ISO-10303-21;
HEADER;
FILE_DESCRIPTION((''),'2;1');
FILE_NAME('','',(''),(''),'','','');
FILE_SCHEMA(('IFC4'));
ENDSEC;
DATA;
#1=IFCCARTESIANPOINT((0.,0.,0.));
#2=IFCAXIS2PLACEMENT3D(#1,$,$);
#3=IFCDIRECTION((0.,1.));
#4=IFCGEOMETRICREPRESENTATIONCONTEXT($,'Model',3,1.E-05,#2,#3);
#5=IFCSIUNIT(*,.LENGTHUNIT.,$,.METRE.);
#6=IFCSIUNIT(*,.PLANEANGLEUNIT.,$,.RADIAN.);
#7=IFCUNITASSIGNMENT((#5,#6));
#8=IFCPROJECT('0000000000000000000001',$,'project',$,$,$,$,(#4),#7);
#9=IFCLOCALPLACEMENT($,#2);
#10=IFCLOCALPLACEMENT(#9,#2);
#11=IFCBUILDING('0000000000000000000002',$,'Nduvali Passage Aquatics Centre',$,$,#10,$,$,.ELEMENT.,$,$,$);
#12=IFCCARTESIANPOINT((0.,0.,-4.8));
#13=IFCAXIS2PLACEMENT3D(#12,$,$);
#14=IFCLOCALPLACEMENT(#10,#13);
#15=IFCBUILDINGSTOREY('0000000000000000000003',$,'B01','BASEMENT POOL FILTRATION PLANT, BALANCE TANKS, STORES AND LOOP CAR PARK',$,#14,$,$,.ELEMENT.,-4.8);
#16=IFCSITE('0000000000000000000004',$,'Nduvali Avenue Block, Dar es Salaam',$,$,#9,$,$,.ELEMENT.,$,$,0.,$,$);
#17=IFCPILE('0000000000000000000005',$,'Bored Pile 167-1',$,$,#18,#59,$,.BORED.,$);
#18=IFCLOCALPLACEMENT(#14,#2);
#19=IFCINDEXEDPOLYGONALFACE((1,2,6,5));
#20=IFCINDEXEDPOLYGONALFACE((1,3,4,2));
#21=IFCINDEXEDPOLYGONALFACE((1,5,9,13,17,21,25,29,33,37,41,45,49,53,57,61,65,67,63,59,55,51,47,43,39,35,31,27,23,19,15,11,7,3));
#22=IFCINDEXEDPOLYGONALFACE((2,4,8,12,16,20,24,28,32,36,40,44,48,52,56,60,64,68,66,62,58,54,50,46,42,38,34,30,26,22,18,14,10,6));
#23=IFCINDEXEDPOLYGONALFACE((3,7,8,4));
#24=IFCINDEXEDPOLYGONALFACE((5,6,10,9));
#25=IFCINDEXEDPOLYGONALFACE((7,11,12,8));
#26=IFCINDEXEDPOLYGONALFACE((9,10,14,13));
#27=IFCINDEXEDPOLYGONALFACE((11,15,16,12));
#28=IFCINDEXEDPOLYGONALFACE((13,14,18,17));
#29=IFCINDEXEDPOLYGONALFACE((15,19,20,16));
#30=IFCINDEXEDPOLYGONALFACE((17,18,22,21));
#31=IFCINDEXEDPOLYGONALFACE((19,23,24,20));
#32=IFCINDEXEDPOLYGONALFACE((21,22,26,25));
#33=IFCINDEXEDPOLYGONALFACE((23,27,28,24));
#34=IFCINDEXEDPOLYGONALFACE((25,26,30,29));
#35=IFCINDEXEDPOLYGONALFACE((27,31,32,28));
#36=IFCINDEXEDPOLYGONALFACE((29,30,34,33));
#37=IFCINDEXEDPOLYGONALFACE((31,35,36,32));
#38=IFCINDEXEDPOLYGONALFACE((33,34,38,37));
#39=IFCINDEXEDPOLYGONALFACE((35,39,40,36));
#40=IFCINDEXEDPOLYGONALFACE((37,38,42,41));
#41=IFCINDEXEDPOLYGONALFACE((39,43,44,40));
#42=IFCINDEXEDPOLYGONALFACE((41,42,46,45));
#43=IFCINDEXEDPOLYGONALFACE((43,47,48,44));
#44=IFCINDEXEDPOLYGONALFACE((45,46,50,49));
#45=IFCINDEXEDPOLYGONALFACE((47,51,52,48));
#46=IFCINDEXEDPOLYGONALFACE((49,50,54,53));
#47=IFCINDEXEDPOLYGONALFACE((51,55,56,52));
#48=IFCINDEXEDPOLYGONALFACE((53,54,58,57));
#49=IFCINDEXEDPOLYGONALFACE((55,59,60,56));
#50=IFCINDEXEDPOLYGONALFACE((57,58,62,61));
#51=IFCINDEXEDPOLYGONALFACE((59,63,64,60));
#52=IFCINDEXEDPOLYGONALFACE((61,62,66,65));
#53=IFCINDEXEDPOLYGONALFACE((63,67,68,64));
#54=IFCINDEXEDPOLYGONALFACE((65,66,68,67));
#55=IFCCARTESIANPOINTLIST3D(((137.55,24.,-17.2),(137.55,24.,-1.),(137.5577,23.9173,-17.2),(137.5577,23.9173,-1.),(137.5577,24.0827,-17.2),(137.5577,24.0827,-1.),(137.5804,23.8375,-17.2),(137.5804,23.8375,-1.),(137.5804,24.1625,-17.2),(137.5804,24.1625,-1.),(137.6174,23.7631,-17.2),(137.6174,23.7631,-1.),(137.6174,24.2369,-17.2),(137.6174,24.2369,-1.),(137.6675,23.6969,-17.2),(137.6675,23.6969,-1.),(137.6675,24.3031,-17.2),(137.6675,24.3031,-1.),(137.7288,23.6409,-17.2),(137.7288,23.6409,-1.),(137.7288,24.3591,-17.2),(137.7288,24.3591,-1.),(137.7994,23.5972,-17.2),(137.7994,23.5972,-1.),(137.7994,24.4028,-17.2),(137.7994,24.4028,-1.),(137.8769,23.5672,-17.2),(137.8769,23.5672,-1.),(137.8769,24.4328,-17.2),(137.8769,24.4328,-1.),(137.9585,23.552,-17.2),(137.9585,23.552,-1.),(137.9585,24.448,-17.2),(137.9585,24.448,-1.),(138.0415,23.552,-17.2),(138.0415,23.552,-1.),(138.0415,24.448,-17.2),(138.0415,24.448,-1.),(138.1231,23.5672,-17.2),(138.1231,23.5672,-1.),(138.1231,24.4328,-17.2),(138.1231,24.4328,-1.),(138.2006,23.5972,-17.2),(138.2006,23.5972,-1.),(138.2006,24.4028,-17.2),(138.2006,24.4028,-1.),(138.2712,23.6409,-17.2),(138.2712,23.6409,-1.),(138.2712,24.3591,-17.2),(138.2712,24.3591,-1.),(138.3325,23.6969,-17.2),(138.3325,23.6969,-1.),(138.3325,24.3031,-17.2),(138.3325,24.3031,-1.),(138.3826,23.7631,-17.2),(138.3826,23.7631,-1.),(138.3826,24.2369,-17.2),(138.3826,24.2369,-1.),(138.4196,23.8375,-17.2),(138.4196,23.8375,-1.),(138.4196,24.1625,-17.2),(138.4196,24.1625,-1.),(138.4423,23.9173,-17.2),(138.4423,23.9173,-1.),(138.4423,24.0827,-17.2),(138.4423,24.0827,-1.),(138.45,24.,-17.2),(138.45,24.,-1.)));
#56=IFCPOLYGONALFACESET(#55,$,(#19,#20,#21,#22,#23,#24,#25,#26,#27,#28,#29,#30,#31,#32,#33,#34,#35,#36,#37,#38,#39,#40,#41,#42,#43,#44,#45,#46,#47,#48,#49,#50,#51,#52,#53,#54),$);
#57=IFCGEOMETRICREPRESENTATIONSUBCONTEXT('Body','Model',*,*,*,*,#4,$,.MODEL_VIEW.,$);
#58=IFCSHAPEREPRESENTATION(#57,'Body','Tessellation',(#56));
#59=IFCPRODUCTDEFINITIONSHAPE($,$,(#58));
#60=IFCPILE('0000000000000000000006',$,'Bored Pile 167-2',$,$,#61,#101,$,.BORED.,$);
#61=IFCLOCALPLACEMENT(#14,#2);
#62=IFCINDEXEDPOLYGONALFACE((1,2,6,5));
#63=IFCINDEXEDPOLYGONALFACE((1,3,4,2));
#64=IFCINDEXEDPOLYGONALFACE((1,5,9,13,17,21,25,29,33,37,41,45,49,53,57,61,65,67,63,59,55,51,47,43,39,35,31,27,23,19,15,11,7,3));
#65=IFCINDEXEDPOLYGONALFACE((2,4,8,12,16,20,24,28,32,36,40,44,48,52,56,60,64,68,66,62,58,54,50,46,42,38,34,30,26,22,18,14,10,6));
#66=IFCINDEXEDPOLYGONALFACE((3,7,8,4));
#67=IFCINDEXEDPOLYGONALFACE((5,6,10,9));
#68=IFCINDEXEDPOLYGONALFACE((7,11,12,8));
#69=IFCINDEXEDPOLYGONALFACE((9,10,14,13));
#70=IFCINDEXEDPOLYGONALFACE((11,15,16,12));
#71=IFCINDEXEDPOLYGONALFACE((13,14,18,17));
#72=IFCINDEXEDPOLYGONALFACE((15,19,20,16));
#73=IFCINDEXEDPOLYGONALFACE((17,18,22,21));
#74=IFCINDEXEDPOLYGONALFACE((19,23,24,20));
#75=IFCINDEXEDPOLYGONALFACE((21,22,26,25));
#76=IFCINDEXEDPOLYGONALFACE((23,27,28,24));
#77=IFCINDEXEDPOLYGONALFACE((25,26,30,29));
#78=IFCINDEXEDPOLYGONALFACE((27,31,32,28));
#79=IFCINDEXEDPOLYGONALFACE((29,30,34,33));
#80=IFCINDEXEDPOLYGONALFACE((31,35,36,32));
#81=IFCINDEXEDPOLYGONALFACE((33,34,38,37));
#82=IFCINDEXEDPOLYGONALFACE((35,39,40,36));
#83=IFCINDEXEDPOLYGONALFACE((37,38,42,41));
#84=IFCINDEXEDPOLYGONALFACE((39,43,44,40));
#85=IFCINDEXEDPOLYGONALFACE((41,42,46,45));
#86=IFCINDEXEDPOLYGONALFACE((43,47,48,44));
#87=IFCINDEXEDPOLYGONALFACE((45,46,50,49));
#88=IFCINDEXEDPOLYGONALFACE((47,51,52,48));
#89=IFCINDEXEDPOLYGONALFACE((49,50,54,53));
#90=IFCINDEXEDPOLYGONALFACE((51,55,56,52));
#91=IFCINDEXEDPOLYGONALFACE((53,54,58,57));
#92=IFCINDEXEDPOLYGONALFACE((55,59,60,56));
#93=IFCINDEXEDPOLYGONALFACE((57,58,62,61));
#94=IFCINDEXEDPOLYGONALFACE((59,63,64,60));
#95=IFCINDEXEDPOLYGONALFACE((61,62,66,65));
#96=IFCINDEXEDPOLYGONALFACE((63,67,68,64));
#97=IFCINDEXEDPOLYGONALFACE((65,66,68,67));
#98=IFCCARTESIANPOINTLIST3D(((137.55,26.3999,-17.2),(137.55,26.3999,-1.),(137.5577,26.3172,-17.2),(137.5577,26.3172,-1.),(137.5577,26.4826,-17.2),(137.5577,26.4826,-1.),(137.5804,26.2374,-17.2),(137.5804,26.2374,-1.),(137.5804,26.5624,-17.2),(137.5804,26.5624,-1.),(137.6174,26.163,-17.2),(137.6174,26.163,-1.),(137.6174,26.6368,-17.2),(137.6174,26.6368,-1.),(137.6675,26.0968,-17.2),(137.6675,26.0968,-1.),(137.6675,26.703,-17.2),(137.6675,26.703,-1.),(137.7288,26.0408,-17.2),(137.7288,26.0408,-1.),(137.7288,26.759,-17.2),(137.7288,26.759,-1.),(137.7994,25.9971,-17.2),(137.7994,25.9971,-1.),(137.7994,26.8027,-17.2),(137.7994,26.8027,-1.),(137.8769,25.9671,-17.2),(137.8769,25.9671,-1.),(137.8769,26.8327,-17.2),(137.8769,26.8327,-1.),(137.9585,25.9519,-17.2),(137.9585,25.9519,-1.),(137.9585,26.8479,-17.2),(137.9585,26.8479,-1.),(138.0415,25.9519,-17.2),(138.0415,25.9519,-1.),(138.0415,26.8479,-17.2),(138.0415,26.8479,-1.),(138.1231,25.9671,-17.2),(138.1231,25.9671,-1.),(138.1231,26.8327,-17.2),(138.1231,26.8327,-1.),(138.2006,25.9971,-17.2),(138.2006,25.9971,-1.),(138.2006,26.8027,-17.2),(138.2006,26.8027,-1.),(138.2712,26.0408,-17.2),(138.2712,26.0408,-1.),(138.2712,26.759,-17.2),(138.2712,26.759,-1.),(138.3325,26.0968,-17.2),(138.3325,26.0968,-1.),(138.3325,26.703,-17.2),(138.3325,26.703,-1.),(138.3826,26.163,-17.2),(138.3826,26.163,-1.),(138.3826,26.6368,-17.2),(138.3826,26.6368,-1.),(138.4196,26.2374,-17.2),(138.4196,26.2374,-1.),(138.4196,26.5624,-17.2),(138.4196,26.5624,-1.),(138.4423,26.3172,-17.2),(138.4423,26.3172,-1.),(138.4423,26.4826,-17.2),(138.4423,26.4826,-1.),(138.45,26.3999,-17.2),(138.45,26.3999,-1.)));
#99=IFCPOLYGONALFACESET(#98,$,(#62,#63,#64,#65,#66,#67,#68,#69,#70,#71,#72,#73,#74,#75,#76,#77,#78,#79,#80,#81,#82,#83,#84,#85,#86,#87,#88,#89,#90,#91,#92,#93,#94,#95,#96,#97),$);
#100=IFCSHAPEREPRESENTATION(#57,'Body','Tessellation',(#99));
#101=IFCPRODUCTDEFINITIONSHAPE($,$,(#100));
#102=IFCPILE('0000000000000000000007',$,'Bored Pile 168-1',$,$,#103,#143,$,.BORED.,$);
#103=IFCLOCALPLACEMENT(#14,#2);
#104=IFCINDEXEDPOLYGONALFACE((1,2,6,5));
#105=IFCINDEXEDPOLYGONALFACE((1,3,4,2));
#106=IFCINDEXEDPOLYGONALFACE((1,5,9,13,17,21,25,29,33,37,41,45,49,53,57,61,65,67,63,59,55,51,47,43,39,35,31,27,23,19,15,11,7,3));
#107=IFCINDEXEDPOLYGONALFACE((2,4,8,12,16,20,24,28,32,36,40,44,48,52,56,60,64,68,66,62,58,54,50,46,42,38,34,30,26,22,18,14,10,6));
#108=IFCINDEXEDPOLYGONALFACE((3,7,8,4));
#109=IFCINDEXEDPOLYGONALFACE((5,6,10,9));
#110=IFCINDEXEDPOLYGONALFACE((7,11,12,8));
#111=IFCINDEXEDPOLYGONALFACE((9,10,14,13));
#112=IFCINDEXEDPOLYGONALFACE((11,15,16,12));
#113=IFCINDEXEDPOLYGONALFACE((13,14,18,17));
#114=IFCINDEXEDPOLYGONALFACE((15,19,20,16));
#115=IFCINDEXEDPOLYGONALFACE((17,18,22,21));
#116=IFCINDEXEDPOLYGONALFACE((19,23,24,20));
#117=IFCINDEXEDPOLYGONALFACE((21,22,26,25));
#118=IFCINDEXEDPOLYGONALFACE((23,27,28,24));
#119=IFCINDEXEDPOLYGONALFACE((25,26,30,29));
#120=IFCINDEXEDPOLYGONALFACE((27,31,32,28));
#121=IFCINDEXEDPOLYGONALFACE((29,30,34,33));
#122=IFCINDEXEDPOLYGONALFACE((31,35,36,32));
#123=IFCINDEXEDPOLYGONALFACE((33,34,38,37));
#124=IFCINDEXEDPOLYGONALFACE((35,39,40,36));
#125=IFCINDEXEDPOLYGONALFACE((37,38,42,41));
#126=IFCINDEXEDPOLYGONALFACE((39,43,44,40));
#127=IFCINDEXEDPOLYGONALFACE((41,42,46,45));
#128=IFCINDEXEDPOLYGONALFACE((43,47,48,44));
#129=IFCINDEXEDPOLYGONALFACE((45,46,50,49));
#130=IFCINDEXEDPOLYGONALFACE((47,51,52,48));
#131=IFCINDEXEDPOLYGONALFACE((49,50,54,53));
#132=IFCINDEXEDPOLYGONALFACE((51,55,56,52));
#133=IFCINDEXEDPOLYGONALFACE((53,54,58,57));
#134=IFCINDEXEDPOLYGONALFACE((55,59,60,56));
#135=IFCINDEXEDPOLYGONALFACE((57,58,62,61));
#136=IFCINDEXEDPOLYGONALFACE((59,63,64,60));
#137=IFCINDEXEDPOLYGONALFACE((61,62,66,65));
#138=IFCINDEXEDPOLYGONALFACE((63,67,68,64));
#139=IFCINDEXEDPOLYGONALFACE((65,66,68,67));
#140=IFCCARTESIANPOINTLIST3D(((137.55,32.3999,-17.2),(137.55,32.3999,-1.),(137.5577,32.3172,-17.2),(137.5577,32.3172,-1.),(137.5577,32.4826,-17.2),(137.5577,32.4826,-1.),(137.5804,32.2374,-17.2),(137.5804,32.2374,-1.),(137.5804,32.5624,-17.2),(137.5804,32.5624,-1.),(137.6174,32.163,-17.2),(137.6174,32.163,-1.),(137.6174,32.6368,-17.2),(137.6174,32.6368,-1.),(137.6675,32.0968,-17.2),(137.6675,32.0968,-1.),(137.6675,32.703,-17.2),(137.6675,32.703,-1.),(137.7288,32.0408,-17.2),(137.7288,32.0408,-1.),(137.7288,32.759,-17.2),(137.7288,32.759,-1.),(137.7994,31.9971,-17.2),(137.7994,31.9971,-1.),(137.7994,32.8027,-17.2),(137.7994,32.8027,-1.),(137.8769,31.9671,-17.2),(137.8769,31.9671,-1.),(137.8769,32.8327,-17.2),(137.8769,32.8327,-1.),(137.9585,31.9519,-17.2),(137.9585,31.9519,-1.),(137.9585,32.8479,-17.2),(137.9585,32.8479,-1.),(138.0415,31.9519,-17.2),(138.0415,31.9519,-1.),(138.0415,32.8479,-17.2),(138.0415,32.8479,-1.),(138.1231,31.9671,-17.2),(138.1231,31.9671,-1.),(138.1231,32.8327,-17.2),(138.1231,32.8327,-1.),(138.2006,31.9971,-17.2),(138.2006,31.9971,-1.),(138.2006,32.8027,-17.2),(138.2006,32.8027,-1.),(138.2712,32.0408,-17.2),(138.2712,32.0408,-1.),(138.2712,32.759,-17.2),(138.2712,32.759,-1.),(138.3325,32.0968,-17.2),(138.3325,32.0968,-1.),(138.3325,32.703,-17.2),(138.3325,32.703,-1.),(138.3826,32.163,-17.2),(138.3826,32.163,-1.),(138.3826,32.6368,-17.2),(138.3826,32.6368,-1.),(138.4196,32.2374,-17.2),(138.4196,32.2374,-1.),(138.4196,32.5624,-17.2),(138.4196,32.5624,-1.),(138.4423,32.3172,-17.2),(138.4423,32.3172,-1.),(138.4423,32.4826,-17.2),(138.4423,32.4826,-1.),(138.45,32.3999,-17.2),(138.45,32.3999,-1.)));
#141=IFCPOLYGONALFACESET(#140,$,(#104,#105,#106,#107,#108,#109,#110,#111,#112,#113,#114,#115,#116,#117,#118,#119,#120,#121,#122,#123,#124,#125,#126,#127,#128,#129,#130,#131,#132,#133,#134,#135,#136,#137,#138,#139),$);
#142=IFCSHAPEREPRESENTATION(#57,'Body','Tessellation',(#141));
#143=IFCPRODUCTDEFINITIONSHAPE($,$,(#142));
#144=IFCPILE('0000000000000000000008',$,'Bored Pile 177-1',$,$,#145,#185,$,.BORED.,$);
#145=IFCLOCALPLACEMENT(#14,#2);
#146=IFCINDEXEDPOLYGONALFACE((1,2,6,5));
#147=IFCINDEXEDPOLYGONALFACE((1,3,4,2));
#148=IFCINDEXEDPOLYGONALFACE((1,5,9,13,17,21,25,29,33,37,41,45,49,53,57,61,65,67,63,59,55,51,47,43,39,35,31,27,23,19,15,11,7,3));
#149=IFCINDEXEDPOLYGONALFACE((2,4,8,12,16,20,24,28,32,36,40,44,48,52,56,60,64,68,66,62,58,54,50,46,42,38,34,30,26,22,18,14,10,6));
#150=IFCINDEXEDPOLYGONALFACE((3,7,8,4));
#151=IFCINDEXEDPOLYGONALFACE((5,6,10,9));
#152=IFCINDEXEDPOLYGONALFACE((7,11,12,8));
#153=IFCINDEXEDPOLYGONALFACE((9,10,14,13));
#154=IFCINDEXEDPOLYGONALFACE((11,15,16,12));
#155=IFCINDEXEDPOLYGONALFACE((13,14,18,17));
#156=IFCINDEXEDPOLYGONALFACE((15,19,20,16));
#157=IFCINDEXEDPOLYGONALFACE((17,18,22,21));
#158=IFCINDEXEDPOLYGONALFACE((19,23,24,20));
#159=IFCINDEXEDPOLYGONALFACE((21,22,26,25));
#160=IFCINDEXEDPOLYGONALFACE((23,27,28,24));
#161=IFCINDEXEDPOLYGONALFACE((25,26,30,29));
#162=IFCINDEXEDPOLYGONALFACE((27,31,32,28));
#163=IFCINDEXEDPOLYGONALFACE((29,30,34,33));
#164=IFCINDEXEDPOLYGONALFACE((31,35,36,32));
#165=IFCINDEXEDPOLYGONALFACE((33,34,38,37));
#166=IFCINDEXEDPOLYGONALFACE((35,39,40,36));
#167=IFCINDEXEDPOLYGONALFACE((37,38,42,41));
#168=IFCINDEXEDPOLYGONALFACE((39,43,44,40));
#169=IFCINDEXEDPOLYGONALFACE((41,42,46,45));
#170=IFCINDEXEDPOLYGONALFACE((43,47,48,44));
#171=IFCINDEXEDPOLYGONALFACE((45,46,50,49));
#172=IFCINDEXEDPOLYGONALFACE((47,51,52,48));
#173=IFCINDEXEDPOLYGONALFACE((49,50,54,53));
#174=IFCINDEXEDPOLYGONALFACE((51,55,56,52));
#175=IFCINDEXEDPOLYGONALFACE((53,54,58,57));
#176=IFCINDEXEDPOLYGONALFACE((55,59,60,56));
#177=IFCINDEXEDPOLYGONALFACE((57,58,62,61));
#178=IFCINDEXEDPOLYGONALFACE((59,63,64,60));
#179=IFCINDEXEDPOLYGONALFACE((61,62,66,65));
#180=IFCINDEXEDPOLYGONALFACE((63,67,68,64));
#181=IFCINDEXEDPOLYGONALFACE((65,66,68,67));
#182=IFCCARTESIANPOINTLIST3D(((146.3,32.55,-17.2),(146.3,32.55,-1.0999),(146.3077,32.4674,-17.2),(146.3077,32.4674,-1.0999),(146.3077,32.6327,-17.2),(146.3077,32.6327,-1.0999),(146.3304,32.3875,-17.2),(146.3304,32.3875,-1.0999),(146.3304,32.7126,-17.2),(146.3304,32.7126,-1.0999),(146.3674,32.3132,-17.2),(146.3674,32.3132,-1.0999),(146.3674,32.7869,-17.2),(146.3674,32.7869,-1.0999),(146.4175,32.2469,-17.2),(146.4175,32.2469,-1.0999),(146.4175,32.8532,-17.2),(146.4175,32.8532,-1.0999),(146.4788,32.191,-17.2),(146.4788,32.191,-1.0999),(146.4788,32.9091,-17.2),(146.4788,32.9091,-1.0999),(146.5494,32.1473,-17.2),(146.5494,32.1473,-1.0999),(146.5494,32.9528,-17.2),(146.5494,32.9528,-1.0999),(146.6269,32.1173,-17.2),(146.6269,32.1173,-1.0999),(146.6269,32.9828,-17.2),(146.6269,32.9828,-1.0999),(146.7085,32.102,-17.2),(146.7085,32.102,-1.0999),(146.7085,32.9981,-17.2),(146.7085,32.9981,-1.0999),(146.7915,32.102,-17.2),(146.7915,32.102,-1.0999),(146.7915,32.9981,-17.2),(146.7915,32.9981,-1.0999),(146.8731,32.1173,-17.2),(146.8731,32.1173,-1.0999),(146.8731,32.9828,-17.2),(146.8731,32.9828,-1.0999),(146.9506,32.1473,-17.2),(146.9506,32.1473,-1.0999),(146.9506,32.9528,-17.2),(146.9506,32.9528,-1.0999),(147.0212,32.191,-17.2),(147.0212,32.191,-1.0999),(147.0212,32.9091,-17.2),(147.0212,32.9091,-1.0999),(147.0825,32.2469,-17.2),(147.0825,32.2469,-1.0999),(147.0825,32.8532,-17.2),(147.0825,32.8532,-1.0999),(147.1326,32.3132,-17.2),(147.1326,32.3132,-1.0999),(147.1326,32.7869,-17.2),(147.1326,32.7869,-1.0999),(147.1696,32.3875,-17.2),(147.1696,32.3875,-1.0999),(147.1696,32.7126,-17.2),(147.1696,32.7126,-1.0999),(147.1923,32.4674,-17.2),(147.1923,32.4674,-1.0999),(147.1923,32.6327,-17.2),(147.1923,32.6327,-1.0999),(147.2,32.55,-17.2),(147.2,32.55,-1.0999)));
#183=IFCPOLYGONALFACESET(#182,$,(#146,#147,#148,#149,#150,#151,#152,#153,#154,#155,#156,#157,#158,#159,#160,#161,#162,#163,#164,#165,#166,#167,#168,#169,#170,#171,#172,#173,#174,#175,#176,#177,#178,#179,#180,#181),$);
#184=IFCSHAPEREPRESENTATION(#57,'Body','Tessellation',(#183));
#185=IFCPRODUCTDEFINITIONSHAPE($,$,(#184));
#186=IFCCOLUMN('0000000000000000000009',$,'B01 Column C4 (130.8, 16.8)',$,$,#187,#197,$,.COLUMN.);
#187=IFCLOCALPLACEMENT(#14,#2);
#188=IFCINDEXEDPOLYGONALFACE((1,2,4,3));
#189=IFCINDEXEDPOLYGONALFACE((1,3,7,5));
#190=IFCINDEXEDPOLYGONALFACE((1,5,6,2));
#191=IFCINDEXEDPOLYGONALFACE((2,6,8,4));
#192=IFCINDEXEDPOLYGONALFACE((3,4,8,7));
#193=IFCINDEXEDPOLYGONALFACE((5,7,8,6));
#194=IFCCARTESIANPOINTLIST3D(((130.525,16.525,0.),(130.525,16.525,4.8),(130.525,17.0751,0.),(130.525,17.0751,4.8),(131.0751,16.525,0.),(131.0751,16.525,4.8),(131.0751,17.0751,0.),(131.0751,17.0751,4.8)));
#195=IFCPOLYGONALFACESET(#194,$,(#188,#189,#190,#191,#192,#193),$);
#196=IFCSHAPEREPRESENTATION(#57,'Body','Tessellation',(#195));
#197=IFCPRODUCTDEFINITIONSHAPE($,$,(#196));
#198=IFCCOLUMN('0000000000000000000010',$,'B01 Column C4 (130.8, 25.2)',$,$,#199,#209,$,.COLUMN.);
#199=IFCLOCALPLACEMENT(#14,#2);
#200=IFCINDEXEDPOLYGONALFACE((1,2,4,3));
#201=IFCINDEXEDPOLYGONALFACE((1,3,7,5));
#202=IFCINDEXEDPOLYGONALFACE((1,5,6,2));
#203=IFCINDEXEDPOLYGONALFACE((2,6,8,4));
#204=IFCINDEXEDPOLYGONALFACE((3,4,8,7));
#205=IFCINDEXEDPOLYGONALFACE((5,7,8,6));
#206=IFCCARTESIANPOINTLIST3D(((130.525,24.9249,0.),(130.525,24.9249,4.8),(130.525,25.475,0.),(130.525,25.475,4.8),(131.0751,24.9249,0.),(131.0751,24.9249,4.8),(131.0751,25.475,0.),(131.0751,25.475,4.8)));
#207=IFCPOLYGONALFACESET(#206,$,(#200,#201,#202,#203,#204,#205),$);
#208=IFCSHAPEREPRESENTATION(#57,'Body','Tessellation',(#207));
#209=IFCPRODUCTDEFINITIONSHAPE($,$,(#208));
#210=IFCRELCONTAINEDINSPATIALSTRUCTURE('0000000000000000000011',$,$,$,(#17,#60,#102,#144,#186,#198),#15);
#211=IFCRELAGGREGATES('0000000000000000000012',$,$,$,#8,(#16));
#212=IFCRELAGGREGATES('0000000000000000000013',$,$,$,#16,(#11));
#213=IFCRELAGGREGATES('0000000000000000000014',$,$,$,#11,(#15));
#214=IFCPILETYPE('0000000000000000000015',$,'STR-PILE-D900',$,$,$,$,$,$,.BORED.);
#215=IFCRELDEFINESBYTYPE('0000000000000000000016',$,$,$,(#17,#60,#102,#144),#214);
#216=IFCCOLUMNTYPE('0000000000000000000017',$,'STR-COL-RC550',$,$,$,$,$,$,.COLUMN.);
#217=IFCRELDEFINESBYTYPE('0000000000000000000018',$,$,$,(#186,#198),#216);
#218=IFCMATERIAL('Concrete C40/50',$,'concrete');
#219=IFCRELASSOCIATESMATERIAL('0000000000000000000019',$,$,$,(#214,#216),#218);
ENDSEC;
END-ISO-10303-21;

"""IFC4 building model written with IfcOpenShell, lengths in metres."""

from ifc_helpers import new_model, si_unit, direction, frame, origin, origin_2d, place, context, subcontext, project, spatial, rectangle, circle, extrude, material, material_profile, profile_set, type_object, element, save


model = new_model("IFC4")

# Units and contexts
model_context = context("Model", 3, precision=1e-05, world=origin(), true_north=direction((0.0, 1.0)))
body_context = subcontext(model_context, "Body", "Model", "MODEL_VIEW")
ifc_project = project(units=[si_unit("LENGTHUNIT", "METRE"), si_unit("PLANEANGLEUNIT", "RADIAN")], contexts=[model_context])

# Site, building, storey
site_placement = place(None, origin())
site = spatial("IfcSite", under=ifc_project, at=site_placement, Name="Nduvali Avenue Block, Dar es Salaam", CompositionType="ELEMENT", RefElevation=0.0)
building_placement = place(site_placement, origin())
building = spatial("IfcBuilding", under=site, at=building_placement, Name="Nduvali Passage Aquatics Centre", CompositionType="ELEMENT")
storey_placement = place(building_placement, frame((0.0, 0.0, -4.8)))
storey = spatial("IfcBuildingStorey", under=building, at=storey_placement, Name="B01", Description="BASEMENT POOL FILTRATION PLANT, BALANCE TANKS, STORES AND LOOP CAR PARK", CompositionType="ELEMENT", Elevation=-4.8)

# Shared definitions
ifc_material = material(Name="Concrete C40/50", Category="concrete")

# Piles
ifc_material_profile_1 = material_profile(ifc_material, circle(Radius=0.45, at=origin_2d()), Name="PILE D900")
ifc_profile_set_1 = profile_set([ifc_material_profile_1], Name="Concrete C40/50")
pile_type = type_object("IfcPileType", Name="STR-PILE-D900", PredefinedType="BORED", material=ifc_profile_set_1)
for number, where, z_axis, x_axis, name in (
    (1, (138.0, 24.0, -1.0), (0.0, 0.0, -1.0), (1.0, 0.0, 0.0), "Bored Pile 167-1"),
    (2, (138.0, 26.3999, -1.0), (0.0, 0.0, -1.0), (1.0, 0.0, 0.0), "Bored Pile 167-2"),
    (3, (138.0, 32.3999, -1.0), (0.0, 0.0, -1.0), (1.0, 0.0, 0.0), "Bored Pile 168-1"),
):
    element("IfcPile", number, at=place(storey_placement, frame(where, z_axis=z_axis, x_axis=x_axis)), inside=storey, type_object=pile_type, Name=name, PredefinedType="BORED", context=body_context, shape_type="SweptSolid", body=[
        extrude(circle(Radius=0.45, at=origin_2d()), origin(), (0.0, 0.0, 1.0), 16.2),
    ])
pile_placement = place(storey_placement, frame((146.75, 32.55, -1.0999), z_axis=(0.0, 0.0, -1.0), x_axis=(1.0, 0.0, 0.0)))
element("IfcPile", 4, at=pile_placement, inside=storey, type_object=pile_type, Name="Bored Pile 177-1", PredefinedType="BORED", context=body_context, shape_type="SweptSolid", body=[
    extrude(circle(Radius=0.45, at=origin_2d()), origin(), (0.0, 0.0, 1.0), 16.1001),
])

# Columns
ifc_material_profile_2 = material_profile(ifc_material, rectangle(XDim=0.55, YDim=0.55, at=origin_2d()), Name="RC 550x550")
ifc_profile_set_2 = profile_set([ifc_material_profile_2], Name="Concrete C40/50")
column_type_1 = type_object("IfcColumnType", Name="STR-COL-RC550", PredefinedType="COLUMN", material=ifc_profile_set_2)
for number, where, z_axis, x_axis, name in (
    (5, (130.8, 16.8, 0.0), (0.0, 0.0, 1.0), (1.0, 0.0, 0.0), "B01 Column C4 (130.8, 16.8)"),
    (6, (130.8, 25.2, 0.0), (0.0, 0.0, 1.0), (1.0, 0.0, 0.0), "B01 Column C4 (130.8, 25.2)"),
):
    element("IfcColumn", number, at=place(storey_placement, frame(where, z_axis=z_axis, x_axis=x_axis)), inside=storey, type_object=column_type_1, Name=name, PredefinedType="COLUMN", context=body_context, shape_type="SweptSolid", body=[
        extrude(rectangle(XDim=0.55, YDim=0.55, at=origin_2d()), origin(), (0.0, 0.0, 1.0), 4.8),
    ])

save(model, "model.ifc")
